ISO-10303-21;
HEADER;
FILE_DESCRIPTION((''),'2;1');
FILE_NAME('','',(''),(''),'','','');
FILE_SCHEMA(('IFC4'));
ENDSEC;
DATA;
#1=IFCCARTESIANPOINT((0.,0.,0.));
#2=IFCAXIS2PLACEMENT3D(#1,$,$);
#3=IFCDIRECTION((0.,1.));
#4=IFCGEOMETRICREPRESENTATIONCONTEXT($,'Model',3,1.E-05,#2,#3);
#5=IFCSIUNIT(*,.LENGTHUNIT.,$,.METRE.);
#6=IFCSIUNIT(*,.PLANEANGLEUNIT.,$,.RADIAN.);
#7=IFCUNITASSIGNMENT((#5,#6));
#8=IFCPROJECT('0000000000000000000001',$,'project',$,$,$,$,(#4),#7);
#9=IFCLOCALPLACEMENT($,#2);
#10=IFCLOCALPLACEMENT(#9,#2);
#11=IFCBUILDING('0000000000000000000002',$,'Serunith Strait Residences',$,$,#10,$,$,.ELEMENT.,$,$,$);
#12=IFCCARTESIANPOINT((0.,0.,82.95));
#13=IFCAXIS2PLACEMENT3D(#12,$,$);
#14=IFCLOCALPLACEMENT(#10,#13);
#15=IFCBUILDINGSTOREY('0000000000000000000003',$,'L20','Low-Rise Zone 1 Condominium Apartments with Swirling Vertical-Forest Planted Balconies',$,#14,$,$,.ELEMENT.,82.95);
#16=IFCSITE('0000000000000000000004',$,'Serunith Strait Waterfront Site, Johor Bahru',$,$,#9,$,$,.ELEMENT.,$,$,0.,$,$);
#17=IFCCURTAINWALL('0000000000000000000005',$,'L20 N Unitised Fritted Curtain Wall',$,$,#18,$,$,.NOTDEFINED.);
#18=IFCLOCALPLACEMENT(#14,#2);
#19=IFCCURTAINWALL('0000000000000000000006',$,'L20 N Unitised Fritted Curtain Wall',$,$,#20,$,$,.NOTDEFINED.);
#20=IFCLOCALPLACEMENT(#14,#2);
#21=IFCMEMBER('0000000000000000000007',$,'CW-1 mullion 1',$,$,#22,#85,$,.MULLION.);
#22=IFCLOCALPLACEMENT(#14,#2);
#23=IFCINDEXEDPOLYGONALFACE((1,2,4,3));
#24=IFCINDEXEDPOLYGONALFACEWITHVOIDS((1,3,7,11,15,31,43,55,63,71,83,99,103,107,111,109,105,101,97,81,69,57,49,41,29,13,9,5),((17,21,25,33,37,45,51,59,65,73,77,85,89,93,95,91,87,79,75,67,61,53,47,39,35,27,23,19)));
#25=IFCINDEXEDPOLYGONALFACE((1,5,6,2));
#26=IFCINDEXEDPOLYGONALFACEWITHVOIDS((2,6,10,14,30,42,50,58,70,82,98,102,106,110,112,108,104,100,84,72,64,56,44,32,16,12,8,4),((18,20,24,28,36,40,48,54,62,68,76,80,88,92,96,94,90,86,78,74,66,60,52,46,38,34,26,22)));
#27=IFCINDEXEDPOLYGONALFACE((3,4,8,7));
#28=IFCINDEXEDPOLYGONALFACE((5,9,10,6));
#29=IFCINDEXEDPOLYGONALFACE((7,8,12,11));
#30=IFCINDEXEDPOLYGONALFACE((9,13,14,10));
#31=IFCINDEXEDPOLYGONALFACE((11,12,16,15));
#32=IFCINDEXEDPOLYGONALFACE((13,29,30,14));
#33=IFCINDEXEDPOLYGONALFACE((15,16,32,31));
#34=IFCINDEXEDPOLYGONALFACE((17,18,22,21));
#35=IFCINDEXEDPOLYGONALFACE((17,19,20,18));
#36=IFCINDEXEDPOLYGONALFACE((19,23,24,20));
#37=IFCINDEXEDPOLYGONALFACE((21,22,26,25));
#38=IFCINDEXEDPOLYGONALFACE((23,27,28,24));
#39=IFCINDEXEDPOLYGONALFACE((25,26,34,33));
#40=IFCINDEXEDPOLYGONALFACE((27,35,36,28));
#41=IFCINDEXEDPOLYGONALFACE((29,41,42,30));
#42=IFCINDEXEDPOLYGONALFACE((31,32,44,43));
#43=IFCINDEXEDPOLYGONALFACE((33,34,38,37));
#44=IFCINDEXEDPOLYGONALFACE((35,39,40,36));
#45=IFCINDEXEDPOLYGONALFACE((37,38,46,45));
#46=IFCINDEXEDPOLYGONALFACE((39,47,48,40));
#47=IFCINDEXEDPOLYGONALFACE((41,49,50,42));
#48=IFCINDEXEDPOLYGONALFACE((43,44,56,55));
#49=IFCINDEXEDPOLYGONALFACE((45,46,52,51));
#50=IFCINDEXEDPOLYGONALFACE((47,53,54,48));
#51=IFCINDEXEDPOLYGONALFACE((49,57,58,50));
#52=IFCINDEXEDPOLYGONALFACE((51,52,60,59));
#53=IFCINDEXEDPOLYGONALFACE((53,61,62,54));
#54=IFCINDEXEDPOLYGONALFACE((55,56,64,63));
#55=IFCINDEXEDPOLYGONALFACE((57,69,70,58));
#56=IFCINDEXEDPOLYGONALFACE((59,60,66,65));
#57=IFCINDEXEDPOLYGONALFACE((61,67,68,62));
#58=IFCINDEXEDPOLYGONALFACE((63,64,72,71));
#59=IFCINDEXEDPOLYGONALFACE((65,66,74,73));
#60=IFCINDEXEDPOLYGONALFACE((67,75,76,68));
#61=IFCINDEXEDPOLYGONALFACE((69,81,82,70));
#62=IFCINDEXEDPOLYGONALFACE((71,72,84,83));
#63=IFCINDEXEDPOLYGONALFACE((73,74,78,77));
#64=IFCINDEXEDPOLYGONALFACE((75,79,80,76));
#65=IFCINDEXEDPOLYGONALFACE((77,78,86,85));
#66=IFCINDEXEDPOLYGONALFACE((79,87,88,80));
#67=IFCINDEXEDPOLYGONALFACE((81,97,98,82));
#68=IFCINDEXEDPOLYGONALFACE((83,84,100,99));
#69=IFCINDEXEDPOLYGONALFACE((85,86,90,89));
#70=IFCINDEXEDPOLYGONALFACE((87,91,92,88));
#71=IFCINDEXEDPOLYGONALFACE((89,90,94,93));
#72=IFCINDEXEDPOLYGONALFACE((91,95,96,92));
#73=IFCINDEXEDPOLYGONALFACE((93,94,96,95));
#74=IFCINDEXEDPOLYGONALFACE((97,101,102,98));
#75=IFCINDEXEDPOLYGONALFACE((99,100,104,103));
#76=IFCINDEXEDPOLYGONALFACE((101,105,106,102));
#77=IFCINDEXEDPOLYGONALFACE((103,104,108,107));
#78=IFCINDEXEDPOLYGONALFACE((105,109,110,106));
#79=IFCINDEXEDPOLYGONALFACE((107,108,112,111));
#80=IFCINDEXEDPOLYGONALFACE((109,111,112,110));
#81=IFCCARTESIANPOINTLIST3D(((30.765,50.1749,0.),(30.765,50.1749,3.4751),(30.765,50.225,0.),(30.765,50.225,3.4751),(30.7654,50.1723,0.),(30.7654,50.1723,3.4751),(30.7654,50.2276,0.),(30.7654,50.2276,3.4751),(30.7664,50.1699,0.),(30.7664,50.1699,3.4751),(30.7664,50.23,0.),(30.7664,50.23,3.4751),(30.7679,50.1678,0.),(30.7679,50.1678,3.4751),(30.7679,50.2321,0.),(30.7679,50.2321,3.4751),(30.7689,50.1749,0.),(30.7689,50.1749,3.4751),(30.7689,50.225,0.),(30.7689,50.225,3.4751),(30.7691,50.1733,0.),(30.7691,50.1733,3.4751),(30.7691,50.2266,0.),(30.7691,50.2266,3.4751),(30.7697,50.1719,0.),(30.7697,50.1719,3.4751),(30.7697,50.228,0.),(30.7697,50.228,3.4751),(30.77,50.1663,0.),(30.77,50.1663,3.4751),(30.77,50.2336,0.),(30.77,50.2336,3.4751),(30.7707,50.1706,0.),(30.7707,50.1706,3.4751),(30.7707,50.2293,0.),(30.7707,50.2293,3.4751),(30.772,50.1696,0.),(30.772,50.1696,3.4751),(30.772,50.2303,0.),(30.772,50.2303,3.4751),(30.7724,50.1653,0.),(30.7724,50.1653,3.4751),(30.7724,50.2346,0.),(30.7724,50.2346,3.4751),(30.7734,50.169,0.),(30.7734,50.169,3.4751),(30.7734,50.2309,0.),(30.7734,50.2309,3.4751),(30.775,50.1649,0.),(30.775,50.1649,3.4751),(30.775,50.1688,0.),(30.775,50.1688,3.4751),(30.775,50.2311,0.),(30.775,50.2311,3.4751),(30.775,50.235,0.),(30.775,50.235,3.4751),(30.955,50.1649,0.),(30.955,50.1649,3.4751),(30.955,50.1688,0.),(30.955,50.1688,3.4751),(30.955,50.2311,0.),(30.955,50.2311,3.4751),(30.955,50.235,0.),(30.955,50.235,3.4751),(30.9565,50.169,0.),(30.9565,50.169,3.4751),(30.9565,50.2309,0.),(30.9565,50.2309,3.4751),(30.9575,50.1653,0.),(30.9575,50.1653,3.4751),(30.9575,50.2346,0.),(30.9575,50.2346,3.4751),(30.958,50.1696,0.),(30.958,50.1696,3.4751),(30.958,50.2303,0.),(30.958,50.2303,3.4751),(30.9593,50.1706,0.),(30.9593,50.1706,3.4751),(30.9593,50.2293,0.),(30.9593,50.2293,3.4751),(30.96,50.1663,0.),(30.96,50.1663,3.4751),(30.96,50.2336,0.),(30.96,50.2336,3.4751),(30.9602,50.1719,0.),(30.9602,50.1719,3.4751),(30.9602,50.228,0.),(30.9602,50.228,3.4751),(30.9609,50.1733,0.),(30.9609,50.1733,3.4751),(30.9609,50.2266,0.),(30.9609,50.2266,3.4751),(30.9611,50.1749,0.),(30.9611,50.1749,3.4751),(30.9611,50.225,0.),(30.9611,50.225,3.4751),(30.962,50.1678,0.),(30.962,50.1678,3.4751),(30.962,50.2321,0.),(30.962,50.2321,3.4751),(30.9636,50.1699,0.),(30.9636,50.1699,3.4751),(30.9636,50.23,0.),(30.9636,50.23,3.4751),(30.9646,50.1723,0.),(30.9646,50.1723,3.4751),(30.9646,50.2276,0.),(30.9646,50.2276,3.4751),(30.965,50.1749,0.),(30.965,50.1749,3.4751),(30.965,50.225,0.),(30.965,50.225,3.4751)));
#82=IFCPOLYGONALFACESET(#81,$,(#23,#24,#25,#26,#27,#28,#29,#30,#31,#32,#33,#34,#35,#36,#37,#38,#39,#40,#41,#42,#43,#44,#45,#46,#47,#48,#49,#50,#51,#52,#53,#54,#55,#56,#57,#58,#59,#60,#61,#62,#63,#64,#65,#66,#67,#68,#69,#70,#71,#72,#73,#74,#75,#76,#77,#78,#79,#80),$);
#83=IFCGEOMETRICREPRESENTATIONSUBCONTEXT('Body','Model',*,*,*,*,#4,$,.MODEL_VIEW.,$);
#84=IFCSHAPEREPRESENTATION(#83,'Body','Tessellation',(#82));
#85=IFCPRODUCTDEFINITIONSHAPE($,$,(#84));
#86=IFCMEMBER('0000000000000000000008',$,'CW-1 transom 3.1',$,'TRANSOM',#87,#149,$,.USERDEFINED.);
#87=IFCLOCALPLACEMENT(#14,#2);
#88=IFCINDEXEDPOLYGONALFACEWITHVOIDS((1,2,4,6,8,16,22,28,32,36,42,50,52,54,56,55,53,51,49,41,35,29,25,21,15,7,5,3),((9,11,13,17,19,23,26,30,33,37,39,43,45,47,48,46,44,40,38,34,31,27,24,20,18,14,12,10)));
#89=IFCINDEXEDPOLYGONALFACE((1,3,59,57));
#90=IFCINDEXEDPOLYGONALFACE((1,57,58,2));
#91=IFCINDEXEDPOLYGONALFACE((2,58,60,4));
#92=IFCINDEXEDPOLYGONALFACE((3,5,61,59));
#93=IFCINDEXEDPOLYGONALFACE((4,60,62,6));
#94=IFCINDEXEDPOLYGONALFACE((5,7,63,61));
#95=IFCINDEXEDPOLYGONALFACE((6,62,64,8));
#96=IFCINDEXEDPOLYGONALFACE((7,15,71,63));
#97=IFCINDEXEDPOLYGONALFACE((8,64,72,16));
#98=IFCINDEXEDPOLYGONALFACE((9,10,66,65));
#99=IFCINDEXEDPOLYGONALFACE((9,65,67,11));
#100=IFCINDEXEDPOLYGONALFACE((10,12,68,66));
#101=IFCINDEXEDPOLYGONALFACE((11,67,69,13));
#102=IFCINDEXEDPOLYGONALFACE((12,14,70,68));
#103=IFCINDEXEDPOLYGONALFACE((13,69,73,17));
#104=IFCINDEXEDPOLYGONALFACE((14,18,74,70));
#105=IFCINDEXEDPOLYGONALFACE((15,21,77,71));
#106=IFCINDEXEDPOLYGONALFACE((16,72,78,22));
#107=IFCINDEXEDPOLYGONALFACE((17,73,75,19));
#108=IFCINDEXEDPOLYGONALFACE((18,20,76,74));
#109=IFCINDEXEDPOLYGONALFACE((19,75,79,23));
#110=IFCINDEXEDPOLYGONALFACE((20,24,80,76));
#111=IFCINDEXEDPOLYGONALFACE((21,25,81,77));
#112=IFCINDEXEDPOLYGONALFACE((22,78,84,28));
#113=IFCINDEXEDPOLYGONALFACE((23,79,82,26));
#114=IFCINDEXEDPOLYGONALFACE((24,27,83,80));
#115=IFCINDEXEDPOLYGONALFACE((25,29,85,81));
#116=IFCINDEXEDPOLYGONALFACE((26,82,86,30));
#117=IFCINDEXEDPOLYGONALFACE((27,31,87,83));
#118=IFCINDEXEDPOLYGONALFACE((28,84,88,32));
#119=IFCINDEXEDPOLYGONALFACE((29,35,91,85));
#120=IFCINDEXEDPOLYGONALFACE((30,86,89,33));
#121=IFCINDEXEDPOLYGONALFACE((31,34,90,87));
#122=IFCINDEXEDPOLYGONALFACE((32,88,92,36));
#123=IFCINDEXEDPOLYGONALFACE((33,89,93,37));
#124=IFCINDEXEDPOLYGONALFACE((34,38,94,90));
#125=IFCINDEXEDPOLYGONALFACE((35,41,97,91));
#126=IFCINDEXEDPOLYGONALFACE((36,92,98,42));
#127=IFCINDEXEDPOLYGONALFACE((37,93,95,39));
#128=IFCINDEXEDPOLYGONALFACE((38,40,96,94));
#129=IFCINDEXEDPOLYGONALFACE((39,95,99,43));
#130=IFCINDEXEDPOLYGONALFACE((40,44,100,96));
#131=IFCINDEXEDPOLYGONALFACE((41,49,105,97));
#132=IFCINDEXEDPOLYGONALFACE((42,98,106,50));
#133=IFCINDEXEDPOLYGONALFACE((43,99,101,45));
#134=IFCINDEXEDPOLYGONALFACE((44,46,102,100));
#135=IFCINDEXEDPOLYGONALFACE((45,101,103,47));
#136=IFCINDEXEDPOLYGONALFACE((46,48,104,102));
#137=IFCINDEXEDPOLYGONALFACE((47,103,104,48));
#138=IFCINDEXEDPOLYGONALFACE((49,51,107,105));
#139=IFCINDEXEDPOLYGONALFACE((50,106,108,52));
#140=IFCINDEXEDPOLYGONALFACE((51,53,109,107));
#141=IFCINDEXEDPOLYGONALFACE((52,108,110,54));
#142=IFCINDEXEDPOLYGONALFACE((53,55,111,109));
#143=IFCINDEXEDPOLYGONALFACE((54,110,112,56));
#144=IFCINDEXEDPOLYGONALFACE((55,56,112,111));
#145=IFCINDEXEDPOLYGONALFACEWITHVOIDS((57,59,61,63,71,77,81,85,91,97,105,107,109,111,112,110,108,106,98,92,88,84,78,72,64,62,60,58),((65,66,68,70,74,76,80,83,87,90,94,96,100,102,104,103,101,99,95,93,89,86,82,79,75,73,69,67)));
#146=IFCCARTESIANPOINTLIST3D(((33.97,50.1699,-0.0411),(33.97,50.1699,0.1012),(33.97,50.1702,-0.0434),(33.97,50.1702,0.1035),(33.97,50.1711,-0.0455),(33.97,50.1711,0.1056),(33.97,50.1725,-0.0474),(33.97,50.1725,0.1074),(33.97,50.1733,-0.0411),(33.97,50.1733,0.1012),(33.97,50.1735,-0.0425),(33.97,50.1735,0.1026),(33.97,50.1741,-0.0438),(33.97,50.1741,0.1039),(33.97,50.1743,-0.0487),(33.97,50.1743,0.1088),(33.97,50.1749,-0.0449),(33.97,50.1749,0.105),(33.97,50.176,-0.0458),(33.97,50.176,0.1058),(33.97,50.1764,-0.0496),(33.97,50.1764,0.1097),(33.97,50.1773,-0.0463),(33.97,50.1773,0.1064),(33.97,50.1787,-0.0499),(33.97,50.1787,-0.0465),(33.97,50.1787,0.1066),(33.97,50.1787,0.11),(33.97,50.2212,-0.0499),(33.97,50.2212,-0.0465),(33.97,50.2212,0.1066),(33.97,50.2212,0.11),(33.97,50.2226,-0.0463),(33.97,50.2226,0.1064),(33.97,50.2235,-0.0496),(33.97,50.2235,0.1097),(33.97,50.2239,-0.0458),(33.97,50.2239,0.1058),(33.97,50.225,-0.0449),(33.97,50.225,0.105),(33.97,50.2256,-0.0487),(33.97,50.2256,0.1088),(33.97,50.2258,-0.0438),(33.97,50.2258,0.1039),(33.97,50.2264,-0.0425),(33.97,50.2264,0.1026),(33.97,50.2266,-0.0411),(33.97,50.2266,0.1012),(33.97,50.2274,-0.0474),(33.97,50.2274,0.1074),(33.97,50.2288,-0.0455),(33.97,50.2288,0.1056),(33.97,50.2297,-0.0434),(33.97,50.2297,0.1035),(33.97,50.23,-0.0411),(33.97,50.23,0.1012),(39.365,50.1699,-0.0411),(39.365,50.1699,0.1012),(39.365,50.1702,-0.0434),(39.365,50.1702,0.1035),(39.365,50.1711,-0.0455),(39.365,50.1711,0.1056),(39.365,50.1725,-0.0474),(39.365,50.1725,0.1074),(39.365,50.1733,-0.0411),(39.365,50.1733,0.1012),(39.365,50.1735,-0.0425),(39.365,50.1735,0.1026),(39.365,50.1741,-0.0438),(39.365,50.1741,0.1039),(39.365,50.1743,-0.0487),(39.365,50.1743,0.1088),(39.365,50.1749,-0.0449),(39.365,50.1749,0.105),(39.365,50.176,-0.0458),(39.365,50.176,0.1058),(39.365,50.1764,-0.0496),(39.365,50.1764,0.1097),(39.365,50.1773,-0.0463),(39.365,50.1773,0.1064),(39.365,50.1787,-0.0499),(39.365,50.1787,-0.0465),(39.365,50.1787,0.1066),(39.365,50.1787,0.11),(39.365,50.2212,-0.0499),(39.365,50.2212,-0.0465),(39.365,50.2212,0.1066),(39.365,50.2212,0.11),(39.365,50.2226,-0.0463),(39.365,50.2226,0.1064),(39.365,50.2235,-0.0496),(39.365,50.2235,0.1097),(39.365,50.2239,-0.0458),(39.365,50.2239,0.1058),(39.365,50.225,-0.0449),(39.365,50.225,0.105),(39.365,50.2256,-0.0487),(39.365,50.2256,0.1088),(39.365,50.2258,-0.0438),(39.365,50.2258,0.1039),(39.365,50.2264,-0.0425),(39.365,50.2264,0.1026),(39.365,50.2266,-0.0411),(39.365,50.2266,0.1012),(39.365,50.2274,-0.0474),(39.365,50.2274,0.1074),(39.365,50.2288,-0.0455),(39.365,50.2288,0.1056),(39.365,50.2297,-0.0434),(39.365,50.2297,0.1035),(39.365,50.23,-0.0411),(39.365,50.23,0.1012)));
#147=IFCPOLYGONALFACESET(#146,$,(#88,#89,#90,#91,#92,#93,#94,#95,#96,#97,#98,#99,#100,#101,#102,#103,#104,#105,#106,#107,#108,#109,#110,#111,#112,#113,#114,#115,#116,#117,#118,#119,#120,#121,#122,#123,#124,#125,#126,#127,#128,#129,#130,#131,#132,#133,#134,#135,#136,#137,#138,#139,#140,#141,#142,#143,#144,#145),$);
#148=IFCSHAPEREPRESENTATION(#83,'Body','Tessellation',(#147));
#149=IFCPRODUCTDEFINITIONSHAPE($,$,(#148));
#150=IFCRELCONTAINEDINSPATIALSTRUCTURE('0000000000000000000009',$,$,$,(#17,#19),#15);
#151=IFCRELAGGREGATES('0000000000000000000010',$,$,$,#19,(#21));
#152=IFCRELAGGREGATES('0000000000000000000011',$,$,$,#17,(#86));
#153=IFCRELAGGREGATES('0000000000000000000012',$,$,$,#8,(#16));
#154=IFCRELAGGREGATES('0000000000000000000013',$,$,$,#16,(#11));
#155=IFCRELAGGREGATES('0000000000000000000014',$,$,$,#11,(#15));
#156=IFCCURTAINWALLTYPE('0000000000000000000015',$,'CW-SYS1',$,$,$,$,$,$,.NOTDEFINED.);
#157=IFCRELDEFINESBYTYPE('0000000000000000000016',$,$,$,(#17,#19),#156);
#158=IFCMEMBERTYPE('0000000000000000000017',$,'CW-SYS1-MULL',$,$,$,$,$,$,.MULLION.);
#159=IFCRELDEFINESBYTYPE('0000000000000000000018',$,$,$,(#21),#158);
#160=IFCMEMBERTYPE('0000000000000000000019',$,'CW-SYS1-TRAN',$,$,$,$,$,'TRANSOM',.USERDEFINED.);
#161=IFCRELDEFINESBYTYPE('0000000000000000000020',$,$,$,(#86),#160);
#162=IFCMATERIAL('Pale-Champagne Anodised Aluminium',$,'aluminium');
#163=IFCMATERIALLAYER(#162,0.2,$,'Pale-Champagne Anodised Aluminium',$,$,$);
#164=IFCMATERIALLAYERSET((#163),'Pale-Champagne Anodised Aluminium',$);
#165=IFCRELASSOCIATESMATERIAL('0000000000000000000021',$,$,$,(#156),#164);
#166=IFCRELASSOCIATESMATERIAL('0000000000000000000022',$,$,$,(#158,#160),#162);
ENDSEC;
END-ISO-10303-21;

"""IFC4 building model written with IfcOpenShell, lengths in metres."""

from ifc_helpers import new_model, si_unit, direction, frame, origin, origin_2d, place, context, subcontext, project, spatial, hollow_rectangle, extrude, source, transform, mapped, material, layer, layer_set, material_profile, profile_set, type_object, element, aggregate, save


model = new_model("IFC4")

# Units and contexts
model_context = context("Model", 3, precision=1e-05, world=origin(), true_north=direction((0.0, 1.0)))
body_context = subcontext(model_context, "Body", "Model", "MODEL_VIEW")
ifc_project = project(units=[si_unit("LENGTHUNIT", "METRE"), si_unit("PLANEANGLEUNIT", "RADIAN")], contexts=[model_context])

# Site, building, storey
site_placement = place(None, origin())
site = spatial("IfcSite", under=ifc_project, at=site_placement, Name="Serunith Strait Waterfront Site, Johor Bahru", CompositionType="ELEMENT", RefElevation=0.0)
building_placement = place(site_placement, origin())
building = spatial("IfcBuilding", under=site, at=building_placement, Name="Serunith Strait Residences", CompositionType="ELEMENT")
storey_placement = place(building_placement, frame((0.0, 0.0, 82.95)))
storey = spatial("IfcBuildingStorey", under=building, at=storey_placement, Name="L20", Description="Low-Rise Zone 1 Condominium Apartments with Swirling Vertical-Forest Planted Balconies", CompositionType="ELEMENT", Elevation=82.95)

# Curtain wall
ifc_material_1 = material(Name="Pale-Champagne Anodised Aluminium", Category="aluminium")
ifc_layer_1 = layer(ifc_material_1, 0.2, Name="Pale-Champagne Anodised Aluminium")
ifc_layer_set_1 = layer_set([ifc_layer_1], Name="Pale-Champagne Anodised Aluminium")
curtain_wall_type = type_object("IfcCurtainWallType", Name="CW-SYS1", PredefinedType="NOTDEFINED", material=ifc_layer_set_1)
curtain_wall_1_placement = place(storey_placement, origin())
curtain_wall_1 = element("IfcCurtainWall", 1, at=curtain_wall_1_placement, inside=storey, type_object=curtain_wall_type, Name="L20 N Unitised Fritted Curtain Wall", PredefinedType="NOTDEFINED")
ifc_material_profile_1 = material_profile(ifc_material_1, hollow_rectangle(XDim=0.0701, YDim=0.2, WallThickness=0.0039, InnerFilletRadius=0.0061, OuterFilletRadius=0.01, at=origin_2d()), Name="ALU 200x70x4")
ifc_profile_set_1 = profile_set([ifc_material_profile_1], Name="Pale-Champagne Anodised Aluminium")
member_type_1 = type_object("IfcMemberType", Name="CW-SYS1-MULL", PredefinedType="MULLION", material=ifc_profile_set_1)
shared_shape_1 = source(origin(), body_context, "Body", "SweptSolid", [
    extrude(hollow_rectangle(XDim=0.0701, YDim=0.2, WallThickness=0.0039, InnerFilletRadius=0.0061, OuterFilletRadius=0.01, at=origin_2d()), origin(), (0.0, 0.0, 1.0), 3.4751),
])

# Curtain wall, member
curtain_wall_2_placement = place(storey_placement, origin())
curtain_wall_2 = element("IfcCurtainWall", 2, at=curtain_wall_2_placement, inside=storey, type_object=curtain_wall_type, Name="L20 N Unitised Fritted Curtain Wall", PredefinedType="NOTDEFINED")
member_1_placement = place(storey_placement, frame((30.865, 50.2, 0.0), z_axis=(0.0, 0.0, 1.0), x_axis=(0.0, -1.0, 0.0)))
member_1 = element("IfcMember", 3, at=member_1_placement, type_object=member_type_1, Name="CW-1 mullion 1", PredefinedType="MULLION", context=body_context, shape_type="MappedRepresentation", body=[
    mapped(shared_shape_1, transform((0.0, 0.0, 0.0), scale=1.0)),
])

# Member
ifc_material_profile_2 = material_profile(ifc_material_1, hollow_rectangle(XDim=0.0601, YDim=0.1599, WallThickness=0.0034, InnerFilletRadius=0.0054, OuterFilletRadius=0.0088, at=origin_2d()), Name="ALU 160x60x3.5")
ifc_profile_set_2 = profile_set([ifc_material_profile_2], Name="Pale-Champagne Anodised Aluminium")
member_type_2 = type_object("IfcMemberType", Name="CW-SYS1-TRAN", ElementType="TRANSOM", PredefinedType="USERDEFINED", material=ifc_profile_set_2)
shared_shape_2 = source(origin(), body_context, "Body", "SweptSolid", [
    extrude(hollow_rectangle(XDim=0.0601, YDim=0.1599, WallThickness=0.0034, InnerFilletRadius=0.0054, OuterFilletRadius=0.0088, at=origin_2d()), origin(), (0.0, 0.0, 1.0), 5.395),
])
member_2_placement = place(storey_placement, frame((39.365, 50.2, 0.03), z_axis=(-1.0, 0.0, 0.0), x_axis=(0.0, -1.0, 0.0)))
member_2 = element("IfcMember", 4, at=member_2_placement, type_object=member_type_2, Name="CW-1 transom 3.1", ObjectType="TRANSOM", PredefinedType="USERDEFINED", context=body_context, shape_type="MappedRepresentation", body=[
    mapped(shared_shape_2, transform((0.0, 0.0, 0.0), scale=1.0)),
])
aggregate(curtain_wall_2, [member_1])

aggregate(curtain_wall_1, [member_2])

save(model, "model.ifc")
